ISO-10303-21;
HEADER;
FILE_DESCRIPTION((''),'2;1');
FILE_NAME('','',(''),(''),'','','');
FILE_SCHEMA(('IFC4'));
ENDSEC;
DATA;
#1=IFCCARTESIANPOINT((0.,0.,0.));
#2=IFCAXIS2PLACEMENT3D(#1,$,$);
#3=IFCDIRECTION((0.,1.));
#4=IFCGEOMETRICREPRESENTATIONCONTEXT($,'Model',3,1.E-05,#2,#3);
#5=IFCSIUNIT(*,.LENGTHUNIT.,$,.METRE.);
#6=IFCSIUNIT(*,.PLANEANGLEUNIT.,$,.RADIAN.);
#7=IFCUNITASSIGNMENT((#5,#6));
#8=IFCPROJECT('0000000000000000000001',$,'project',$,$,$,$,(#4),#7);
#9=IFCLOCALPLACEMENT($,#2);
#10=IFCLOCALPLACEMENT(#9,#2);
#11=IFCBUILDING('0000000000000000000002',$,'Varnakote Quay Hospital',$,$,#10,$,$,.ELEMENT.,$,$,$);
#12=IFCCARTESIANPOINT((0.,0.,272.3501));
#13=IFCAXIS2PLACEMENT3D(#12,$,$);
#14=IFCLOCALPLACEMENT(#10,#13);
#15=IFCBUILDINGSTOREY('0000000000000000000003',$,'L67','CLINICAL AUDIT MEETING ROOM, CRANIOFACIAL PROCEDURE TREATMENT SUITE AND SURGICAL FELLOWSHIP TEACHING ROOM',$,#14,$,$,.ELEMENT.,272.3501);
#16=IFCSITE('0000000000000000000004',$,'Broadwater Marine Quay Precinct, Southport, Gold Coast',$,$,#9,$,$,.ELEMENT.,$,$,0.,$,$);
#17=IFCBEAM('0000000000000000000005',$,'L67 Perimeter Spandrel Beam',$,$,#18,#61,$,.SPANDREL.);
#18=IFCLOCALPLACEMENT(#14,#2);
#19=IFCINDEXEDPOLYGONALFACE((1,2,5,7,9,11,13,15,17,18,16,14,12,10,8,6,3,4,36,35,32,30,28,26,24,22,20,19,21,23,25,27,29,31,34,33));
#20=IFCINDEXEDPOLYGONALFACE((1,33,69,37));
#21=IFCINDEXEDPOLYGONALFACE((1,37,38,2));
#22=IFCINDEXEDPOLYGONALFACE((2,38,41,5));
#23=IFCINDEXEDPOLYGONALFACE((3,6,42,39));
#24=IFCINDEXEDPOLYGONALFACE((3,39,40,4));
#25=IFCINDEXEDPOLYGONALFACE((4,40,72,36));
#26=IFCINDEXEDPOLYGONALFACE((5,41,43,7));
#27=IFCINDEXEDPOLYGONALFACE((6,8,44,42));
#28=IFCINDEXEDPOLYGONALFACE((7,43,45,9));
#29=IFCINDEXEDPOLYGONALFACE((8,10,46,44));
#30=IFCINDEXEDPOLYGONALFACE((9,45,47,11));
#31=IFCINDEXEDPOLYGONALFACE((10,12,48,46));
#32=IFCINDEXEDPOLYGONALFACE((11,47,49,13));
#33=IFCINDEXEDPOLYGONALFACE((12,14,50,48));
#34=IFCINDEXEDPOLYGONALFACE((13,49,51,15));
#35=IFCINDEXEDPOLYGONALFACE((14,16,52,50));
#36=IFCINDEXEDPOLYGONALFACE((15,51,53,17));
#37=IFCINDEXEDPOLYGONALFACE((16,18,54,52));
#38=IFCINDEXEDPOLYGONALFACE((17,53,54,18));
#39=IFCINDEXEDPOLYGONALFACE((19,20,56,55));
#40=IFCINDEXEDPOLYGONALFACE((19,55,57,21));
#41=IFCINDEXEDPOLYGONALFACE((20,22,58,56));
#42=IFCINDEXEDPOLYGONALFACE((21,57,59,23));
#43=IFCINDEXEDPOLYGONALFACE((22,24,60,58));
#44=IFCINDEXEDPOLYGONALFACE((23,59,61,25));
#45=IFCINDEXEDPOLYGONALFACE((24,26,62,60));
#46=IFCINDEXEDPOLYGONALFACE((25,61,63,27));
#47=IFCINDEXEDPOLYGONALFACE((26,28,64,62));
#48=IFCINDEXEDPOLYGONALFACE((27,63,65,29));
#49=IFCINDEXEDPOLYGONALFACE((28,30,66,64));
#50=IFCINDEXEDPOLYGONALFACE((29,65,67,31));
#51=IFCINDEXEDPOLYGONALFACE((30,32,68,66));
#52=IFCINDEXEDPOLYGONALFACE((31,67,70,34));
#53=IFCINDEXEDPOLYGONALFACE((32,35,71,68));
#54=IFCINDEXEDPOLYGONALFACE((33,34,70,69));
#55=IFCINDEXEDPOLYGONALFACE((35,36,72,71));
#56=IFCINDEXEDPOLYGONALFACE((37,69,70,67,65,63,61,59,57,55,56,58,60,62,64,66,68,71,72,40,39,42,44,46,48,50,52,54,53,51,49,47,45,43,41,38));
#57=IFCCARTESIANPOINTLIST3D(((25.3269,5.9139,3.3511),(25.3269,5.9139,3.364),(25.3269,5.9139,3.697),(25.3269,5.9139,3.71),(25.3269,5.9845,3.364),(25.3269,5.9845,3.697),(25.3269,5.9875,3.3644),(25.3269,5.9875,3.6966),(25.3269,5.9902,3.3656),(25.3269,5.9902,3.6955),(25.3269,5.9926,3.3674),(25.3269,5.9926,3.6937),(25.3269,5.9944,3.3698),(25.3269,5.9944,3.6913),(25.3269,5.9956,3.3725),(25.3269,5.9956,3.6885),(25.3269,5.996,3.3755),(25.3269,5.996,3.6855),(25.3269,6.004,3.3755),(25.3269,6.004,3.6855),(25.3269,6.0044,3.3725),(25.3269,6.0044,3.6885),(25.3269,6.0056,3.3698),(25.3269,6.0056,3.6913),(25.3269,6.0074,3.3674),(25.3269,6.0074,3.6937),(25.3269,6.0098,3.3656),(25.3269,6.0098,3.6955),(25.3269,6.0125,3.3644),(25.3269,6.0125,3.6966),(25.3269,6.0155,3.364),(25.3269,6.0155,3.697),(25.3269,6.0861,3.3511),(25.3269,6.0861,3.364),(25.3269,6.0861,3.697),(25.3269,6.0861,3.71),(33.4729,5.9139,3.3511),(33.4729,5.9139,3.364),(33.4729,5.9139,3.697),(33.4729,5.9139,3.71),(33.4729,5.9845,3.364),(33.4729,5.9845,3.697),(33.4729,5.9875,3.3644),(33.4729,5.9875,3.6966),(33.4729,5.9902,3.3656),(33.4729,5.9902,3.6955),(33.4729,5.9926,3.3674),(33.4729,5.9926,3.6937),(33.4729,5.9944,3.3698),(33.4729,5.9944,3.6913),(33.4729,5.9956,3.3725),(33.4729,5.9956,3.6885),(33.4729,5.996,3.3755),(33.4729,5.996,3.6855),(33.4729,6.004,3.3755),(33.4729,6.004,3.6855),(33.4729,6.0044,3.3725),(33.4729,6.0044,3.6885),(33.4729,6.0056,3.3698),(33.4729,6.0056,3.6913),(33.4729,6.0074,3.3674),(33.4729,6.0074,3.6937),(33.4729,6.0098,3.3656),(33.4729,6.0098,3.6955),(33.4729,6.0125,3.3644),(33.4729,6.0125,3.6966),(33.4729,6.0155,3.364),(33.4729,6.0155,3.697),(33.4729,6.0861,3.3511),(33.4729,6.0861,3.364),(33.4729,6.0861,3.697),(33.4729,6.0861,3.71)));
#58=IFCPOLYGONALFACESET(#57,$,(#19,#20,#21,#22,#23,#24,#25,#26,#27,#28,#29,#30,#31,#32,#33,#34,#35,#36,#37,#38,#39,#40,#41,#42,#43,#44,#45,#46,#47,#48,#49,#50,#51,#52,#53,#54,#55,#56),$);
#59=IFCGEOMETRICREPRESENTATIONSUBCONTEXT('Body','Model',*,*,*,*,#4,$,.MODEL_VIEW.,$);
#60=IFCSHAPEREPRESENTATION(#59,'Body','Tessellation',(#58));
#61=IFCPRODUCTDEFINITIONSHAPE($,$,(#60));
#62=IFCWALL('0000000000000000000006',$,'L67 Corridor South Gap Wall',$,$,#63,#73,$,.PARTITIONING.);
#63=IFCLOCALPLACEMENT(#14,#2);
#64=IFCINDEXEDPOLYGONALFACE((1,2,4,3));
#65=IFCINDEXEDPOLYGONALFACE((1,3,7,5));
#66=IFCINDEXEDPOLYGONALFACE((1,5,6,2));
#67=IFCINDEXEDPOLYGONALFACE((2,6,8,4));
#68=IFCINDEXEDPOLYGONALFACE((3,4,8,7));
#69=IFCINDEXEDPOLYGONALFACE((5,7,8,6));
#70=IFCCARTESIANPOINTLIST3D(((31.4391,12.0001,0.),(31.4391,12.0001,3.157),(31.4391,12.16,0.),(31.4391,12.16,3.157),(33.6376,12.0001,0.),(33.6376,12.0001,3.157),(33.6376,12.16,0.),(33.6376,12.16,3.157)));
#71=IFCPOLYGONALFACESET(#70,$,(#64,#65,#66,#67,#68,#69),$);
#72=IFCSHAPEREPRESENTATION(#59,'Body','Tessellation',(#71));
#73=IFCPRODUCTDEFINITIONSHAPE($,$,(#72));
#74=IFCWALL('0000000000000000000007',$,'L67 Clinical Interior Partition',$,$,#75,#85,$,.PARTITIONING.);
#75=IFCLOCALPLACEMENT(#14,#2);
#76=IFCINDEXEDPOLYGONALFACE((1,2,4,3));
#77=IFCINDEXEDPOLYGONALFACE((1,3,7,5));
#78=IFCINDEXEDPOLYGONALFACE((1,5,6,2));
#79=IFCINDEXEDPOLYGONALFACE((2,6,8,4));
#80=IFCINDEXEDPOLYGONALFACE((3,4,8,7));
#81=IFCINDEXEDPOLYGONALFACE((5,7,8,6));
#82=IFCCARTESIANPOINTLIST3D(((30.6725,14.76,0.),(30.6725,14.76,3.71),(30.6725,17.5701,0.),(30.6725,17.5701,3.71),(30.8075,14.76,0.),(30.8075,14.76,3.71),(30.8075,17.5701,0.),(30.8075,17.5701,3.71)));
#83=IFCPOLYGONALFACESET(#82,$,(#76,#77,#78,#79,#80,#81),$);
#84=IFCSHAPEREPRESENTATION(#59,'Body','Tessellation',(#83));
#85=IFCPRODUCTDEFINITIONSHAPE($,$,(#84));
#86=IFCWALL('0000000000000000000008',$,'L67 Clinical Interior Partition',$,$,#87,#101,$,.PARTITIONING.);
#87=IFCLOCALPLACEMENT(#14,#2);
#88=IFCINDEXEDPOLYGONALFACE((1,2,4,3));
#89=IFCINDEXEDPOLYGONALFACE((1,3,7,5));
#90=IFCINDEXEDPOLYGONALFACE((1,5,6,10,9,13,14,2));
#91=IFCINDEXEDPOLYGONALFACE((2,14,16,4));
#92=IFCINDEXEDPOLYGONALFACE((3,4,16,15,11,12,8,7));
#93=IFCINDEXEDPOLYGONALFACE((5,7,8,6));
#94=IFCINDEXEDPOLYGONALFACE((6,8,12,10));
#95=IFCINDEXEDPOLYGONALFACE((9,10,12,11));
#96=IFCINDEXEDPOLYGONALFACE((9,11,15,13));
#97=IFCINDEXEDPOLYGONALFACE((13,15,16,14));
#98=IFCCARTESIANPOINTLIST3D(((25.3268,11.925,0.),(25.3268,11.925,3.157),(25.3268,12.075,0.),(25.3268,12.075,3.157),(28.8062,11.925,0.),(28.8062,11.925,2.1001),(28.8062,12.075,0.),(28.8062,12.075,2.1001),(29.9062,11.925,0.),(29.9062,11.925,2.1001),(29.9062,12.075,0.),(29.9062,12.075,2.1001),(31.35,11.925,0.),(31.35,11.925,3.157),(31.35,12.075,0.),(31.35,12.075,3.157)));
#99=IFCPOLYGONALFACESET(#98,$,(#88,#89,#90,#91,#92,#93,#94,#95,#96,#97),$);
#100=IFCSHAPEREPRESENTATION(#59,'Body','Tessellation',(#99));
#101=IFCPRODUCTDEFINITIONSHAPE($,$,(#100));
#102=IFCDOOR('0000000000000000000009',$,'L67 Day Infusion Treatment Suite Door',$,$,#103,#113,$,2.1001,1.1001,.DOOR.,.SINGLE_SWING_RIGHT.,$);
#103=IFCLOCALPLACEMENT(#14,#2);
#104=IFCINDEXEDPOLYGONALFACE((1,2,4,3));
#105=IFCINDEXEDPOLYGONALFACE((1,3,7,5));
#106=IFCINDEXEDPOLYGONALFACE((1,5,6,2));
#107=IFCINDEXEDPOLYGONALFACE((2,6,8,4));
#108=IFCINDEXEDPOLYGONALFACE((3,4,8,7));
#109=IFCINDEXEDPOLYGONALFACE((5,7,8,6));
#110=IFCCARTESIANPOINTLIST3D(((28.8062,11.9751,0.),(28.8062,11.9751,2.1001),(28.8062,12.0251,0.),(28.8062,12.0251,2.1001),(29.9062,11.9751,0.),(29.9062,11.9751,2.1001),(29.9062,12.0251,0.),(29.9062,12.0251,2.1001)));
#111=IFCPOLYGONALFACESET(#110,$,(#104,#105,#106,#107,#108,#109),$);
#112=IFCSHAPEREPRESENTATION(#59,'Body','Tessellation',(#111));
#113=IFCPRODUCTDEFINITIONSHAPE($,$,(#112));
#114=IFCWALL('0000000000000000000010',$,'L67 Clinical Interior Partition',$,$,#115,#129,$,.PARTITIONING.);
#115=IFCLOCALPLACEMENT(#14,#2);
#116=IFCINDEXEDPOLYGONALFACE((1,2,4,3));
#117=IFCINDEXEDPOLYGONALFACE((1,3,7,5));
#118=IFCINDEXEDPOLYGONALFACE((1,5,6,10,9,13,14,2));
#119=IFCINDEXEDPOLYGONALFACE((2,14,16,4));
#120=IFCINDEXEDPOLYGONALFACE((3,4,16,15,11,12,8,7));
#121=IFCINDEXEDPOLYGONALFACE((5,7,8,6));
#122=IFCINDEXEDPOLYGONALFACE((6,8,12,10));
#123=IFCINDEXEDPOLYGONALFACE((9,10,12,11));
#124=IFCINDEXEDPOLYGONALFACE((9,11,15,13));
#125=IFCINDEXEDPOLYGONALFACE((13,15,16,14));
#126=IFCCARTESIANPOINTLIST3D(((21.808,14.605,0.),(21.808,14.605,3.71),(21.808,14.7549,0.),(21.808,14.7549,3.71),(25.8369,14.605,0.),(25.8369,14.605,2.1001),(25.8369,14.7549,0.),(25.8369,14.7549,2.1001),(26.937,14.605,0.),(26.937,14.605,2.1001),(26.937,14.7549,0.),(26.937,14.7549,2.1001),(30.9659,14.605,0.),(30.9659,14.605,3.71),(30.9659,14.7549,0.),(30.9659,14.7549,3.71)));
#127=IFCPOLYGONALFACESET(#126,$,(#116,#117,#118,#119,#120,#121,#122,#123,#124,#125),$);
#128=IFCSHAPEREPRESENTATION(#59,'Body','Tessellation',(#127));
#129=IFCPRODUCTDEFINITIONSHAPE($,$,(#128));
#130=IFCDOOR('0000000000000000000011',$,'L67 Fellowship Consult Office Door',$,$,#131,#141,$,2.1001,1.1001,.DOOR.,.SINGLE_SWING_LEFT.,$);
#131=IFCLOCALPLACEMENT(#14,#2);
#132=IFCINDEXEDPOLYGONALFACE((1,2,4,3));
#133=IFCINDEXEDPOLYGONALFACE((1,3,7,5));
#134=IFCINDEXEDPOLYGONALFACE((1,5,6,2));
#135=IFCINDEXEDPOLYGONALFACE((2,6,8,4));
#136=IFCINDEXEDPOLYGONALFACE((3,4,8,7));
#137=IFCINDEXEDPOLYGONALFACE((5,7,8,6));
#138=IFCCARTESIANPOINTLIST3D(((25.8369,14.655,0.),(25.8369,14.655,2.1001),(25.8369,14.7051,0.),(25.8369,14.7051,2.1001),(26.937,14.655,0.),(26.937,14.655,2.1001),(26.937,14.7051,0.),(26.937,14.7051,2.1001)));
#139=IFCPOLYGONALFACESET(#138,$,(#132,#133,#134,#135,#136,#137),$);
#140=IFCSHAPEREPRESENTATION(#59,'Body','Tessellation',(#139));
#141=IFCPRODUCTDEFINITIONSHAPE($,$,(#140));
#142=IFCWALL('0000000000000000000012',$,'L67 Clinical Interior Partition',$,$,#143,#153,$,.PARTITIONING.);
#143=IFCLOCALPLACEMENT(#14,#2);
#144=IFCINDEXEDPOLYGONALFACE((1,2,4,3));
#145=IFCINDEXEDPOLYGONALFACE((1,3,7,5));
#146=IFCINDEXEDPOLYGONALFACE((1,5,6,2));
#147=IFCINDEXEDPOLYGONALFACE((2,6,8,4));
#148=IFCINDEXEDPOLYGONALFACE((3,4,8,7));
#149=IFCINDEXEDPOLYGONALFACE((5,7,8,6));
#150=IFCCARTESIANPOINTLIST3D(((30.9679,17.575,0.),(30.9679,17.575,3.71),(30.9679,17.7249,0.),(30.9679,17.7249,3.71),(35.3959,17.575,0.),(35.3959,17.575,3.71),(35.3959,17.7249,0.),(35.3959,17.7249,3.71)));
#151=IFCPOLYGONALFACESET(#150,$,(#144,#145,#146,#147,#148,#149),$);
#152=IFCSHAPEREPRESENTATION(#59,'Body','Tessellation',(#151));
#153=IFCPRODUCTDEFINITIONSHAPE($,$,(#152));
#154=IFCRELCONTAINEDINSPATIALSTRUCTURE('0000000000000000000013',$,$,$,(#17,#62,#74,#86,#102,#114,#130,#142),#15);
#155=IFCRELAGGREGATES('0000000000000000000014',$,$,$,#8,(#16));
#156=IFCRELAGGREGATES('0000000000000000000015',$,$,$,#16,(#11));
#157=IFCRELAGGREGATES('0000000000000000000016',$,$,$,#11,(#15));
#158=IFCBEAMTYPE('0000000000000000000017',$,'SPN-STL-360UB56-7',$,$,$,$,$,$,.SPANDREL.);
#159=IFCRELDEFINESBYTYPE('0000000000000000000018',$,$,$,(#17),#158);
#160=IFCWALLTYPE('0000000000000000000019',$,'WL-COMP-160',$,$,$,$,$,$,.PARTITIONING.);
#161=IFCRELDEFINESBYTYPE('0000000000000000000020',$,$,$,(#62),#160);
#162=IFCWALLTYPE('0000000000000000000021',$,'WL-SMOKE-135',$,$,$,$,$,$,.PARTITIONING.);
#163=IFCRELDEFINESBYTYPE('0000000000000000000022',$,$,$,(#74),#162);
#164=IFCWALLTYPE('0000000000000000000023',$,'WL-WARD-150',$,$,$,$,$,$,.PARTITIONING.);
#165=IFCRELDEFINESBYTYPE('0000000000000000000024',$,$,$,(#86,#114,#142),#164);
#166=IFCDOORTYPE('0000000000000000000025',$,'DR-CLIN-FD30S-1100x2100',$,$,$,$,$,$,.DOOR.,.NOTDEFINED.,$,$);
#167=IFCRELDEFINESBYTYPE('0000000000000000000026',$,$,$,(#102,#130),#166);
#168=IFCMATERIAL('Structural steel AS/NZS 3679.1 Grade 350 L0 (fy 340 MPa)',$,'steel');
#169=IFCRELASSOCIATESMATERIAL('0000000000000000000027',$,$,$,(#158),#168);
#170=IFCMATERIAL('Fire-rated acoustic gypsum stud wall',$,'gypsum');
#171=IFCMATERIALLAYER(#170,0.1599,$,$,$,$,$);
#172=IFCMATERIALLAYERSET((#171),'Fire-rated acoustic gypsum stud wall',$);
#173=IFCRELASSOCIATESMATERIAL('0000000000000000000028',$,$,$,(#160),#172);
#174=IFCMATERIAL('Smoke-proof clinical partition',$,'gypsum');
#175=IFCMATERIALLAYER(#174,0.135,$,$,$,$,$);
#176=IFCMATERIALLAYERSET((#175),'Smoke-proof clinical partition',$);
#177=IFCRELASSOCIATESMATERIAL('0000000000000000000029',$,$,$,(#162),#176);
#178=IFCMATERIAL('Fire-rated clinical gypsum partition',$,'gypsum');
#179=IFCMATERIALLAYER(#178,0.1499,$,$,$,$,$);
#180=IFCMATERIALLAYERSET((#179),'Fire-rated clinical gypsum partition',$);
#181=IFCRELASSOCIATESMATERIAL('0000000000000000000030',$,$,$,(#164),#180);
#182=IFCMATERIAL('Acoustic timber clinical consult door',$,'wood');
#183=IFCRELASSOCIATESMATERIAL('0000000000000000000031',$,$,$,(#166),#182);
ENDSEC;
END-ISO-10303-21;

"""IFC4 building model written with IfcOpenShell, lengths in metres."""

from ifc_helpers import new_model, si_unit, direction, frame, frame_2d, origin, origin_2d, place, context, subcontext, project, spatial, rectangle, i_section, extrude, material, layer, layer_set, material_profile, profile_set, type_object, element, fill, save


model = new_model("IFC4")

# Units and contexts
model_context = context("Model", 3, precision=1e-05, world=origin(), true_north=direction((0.0, 1.0)))
body_context = subcontext(model_context, "Body", "Model", "MODEL_VIEW")
ifc_project = project(units=[si_unit("LENGTHUNIT", "METRE"), si_unit("PLANEANGLEUNIT", "RADIAN")], contexts=[model_context])

# Site, building, storey
site_placement = place(None, origin())
site = spatial("IfcSite", under=ifc_project, at=site_placement, Name="Broadwater Marine Quay Precinct, Southport, Gold Coast", CompositionType="ELEMENT", RefElevation=0.0)
building_placement = place(site_placement, origin())
building = spatial("IfcBuilding", under=site, at=building_placement, Name="Varnakote Quay Hospital", CompositionType="ELEMENT")
storey_placement = place(building_placement, frame((0.0, 0.0, 272.3501)))
storey = spatial("IfcBuildingStorey", under=building, at=storey_placement, Name="L67", Description="CLINICAL AUDIT MEETING ROOM, CRANIOFACIAL PROCEDURE TREATMENT SUITE AND SURGICAL FELLOWSHIP TEACHING ROOM", CompositionType="ELEMENT", Elevation=272.3501)

# Beam
ifc_material_1 = material(Name="Structural steel AS/NZS 3679.1 Grade 350 L0 (fy 340 MPa)", Category="steel")
ifc_material_profile_1 = material_profile(ifc_material_1, i_section(OverallWidth=0.1721, OverallDepth=0.3589, WebThickness=0.0081, FlangeThickness=0.0129, FilletRadius=0.0115, at=origin_2d()), Name="360UB56.7")
ifc_profile_set_1 = profile_set([ifc_material_profile_1], Name="Structural steel AS/NZS 3679.1 Grade 350 L0 (fy 340 MPa)")
beam_type_1 = type_object("IfcBeamType", Name="SPN-STL-360UB56-7", PredefinedType="SPANDREL", material=ifc_profile_set_1)
beam_1_placement = place(storey_placement, frame((25.3269, 6.0, 3.5305), z_axis=(1.0, 0.0, 0.0), x_axis=(0.0, 1.0, 0.0)))
element("IfcBeam", 1, at=beam_1_placement, inside=storey, type_object=beam_type_1, Name="L67 Perimeter Spandrel Beam", PredefinedType="SPANDREL", context=body_context, shape_type="SweptSolid", body=[
    extrude(i_section(OverallWidth=0.1721, OverallDepth=0.3589, WebThickness=0.0081, FlangeThickness=0.0129, FilletRadius=0.0115, at=origin_2d()), origin(), (0.0, 0.0, 1.0), 8.146),
])

# Walls
ifc_material_2 = material(Name="Fire-rated acoustic gypsum stud wall", Category="gypsum")
ifc_layer_1 = layer(ifc_material_2, 0.1599)
ifc_layer_set_1 = layer_set([ifc_layer_1], Name="Fire-rated acoustic gypsum stud wall")
wall_type_1 = type_object("IfcWallType", Name="WL-COMP-160", PredefinedType="PARTITIONING", material=ifc_layer_set_1)
wall_1_placement = place(storey_placement, frame((31.4392, 12.0801, 0.0), z_axis=(0.0, 0.0, 1.0), x_axis=(1.0, 0.0, 0.0)))
element("IfcWall", 2, at=wall_1_placement, inside=storey, type_object=wall_type_1, Name="L67 Corridor South Gap Wall", PredefinedType="PARTITIONING", context=body_context, shape_type="SweptSolid", body=[
    extrude(rectangle(XDim=2.1985, YDim=0.1599, at=frame_2d((1.0991, 0.0))), origin(), (0.0, 0.0, 1.0), 3.157),
])
ifc_material_3 = material(Name="Smoke-proof clinical partition", Category="gypsum")
ifc_layer_2 = layer(ifc_material_3, 0.135)
ifc_layer_set_2 = layer_set([ifc_layer_2], Name="Smoke-proof clinical partition")
wall_type_2 = type_object("IfcWallType", Name="WL-SMOKE-135", PredefinedType="PARTITIONING", material=ifc_layer_set_2)
wall_2_placement = place(storey_placement, frame((30.74, 14.76, 0.0), z_axis=(0.0, 0.0, 1.0), x_axis=(0.0, 1.0, 0.0)))
element("IfcWall", 3, at=wall_2_placement, inside=storey, type_object=wall_type_2, Name="L67 Clinical Interior Partition", PredefinedType="PARTITIONING", context=body_context, shape_type="SweptSolid", body=[
    extrude(rectangle(XDim=2.8101, YDim=0.135, at=frame_2d((1.405, 0.0))), origin(), (0.0, 0.0, 1.0), 3.71),
])

# Walls, openings, doors
ifc_material_4 = material(Name="Fire-rated clinical gypsum partition", Category="gypsum")
ifc_layer_3 = layer(ifc_material_4, 0.1499)
ifc_layer_set_3 = layer_set([ifc_layer_3], Name="Fire-rated clinical gypsum partition")
wall_type_3 = type_object("IfcWallType", Name="WL-WARD-150", PredefinedType="PARTITIONING", material=ifc_layer_set_3)
wall_3_placement = place(storey_placement, frame((31.3501, 12.0, 0.0), z_axis=(0.0, 0.0, 1.0), x_axis=(-1.0, 0.0, 0.0)))
wall_3 = element("IfcWall", 4, at=wall_3_placement, inside=storey, type_object=wall_type_3, Name="L67 Clinical Interior Partition", PredefinedType="PARTITIONING", context=body_context, shape_type="SweptSolid", body=[
    extrude(rectangle(XDim=6.0232, YDim=0.1499, at=frame_2d((3.0117, 0.0))), origin(), (0.0, 0.0, 1.0), 3.157),
])
opening_1_placement = place(wall_3_placement, frame((1.4438, 0.0, 0.0)))
opening_1 = element("IfcOpeningElement", 5, at=opening_1_placement, cuts=wall_3, PredefinedType="OPENING", context=body_context, shape_type="SweptSolid", body=[
    extrude(rectangle(XDim=1.1001, YDim=2.1001, at=frame_2d((0.55, 1.05))), frame((0.0, 0.085, 0.0), z_axis=(0.0, -1.0, 0.0), x_axis=(1.0, 0.0, 0.0)), (0.0, 0.0, 1.0), 0.1699),
])
ifc_material_5 = material(Name="Acoustic timber clinical consult door", Category="wood")
door_type = type_object("IfcDoorType", Name="DR-CLIN-FD30S-1100x2100", OperationType="NOTDEFINED", PredefinedType="DOOR", material=ifc_material_5)
door_1_placement = place(opening_1_placement, origin())
door_1 = element("IfcDoor", 6, at=door_1_placement, inside=storey, type_object=door_type, Name="L67 Day Infusion Treatment Suite Door", OperationType="SINGLE_SWING_RIGHT", OverallHeight=2.1001, OverallWidth=1.1001, PredefinedType="DOOR", context=body_context, shape_type="SweptSolid", body=[
    extrude(rectangle(XDim=1.1001, YDim=2.1001, at=frame_2d((0.55, 1.05))), frame((0.0, 0.0249, 0.0), z_axis=(0.0, -1.0, 0.0), x_axis=(1.0, 0.0, 0.0)), (0.0, 0.0, 1.0), 0.05),
])
fill(opening_1, door_1)
wall_4_placement = place(storey_placement, frame((30.9661, 14.6799, 0.0), z_axis=(0.0, 0.0, 1.0), x_axis=(-1.0, 0.0, 0.0)))
wall_4 = element("IfcWall", 7, at=wall_4_placement, inside=storey, type_object=wall_type_3, Name="L67 Clinical Interior Partition", PredefinedType="PARTITIONING", context=body_context, shape_type="SweptSolid", body=[
    extrude(rectangle(XDim=9.158, YDim=0.1499, at=frame_2d((4.5791, 0.0))), origin(), (0.0, 0.0, 1.0), 3.71),
])
opening_2_placement = place(wall_4_placement, frame((4.0291, 0.0, 0.0)))
opening_2 = element("IfcOpeningElement", 8, at=opening_2_placement, cuts=wall_4, PredefinedType="OPENING", context=body_context, shape_type="SweptSolid", body=[
    extrude(rectangle(XDim=1.1001, YDim=2.1001, at=frame_2d((0.55, 1.05))), frame((0.0, 0.085, 0.0), z_axis=(0.0, -1.0, 0.0), x_axis=(1.0, 0.0, 0.0)), (0.0, 0.0, 1.0), 0.1699),
])
door_2_placement = place(opening_2_placement, origin())
door_2 = element("IfcDoor", 9, at=door_2_placement, inside=storey, type_object=door_type, Name="L67 Fellowship Consult Office Door", OperationType="SINGLE_SWING_LEFT", OverallHeight=2.1001, OverallWidth=1.1001, PredefinedType="DOOR", context=body_context, shape_type="SweptSolid", body=[
    extrude(rectangle(XDim=1.1001, YDim=2.1001, at=frame_2d((0.55, 1.05))), frame((0.0, 0.0249, 0.0), z_axis=(0.0, -1.0, 0.0), x_axis=(1.0, 0.0, 0.0)), (0.0, 0.0, 1.0), 0.05),
])
fill(opening_2, door_2)

# Wall
wall_5_placement = place(storey_placement, frame((30.968, 17.6499, 0.0), z_axis=(0.0, 0.0, 1.0), x_axis=(1.0, 0.0, 0.0)))
element("IfcWall", 10, at=wall_5_placement, inside=storey, type_object=wall_type_3, Name="L67 Clinical Interior Partition", PredefinedType="PARTITIONING", context=body_context, shape_type="SweptSolid", body=[
    extrude(rectangle(XDim=4.428, YDim=0.1499, at=frame_2d((2.2139, 0.0))), origin(), (0.0, 0.0, 1.0), 3.71),
])

save(model, "model.ifc")
